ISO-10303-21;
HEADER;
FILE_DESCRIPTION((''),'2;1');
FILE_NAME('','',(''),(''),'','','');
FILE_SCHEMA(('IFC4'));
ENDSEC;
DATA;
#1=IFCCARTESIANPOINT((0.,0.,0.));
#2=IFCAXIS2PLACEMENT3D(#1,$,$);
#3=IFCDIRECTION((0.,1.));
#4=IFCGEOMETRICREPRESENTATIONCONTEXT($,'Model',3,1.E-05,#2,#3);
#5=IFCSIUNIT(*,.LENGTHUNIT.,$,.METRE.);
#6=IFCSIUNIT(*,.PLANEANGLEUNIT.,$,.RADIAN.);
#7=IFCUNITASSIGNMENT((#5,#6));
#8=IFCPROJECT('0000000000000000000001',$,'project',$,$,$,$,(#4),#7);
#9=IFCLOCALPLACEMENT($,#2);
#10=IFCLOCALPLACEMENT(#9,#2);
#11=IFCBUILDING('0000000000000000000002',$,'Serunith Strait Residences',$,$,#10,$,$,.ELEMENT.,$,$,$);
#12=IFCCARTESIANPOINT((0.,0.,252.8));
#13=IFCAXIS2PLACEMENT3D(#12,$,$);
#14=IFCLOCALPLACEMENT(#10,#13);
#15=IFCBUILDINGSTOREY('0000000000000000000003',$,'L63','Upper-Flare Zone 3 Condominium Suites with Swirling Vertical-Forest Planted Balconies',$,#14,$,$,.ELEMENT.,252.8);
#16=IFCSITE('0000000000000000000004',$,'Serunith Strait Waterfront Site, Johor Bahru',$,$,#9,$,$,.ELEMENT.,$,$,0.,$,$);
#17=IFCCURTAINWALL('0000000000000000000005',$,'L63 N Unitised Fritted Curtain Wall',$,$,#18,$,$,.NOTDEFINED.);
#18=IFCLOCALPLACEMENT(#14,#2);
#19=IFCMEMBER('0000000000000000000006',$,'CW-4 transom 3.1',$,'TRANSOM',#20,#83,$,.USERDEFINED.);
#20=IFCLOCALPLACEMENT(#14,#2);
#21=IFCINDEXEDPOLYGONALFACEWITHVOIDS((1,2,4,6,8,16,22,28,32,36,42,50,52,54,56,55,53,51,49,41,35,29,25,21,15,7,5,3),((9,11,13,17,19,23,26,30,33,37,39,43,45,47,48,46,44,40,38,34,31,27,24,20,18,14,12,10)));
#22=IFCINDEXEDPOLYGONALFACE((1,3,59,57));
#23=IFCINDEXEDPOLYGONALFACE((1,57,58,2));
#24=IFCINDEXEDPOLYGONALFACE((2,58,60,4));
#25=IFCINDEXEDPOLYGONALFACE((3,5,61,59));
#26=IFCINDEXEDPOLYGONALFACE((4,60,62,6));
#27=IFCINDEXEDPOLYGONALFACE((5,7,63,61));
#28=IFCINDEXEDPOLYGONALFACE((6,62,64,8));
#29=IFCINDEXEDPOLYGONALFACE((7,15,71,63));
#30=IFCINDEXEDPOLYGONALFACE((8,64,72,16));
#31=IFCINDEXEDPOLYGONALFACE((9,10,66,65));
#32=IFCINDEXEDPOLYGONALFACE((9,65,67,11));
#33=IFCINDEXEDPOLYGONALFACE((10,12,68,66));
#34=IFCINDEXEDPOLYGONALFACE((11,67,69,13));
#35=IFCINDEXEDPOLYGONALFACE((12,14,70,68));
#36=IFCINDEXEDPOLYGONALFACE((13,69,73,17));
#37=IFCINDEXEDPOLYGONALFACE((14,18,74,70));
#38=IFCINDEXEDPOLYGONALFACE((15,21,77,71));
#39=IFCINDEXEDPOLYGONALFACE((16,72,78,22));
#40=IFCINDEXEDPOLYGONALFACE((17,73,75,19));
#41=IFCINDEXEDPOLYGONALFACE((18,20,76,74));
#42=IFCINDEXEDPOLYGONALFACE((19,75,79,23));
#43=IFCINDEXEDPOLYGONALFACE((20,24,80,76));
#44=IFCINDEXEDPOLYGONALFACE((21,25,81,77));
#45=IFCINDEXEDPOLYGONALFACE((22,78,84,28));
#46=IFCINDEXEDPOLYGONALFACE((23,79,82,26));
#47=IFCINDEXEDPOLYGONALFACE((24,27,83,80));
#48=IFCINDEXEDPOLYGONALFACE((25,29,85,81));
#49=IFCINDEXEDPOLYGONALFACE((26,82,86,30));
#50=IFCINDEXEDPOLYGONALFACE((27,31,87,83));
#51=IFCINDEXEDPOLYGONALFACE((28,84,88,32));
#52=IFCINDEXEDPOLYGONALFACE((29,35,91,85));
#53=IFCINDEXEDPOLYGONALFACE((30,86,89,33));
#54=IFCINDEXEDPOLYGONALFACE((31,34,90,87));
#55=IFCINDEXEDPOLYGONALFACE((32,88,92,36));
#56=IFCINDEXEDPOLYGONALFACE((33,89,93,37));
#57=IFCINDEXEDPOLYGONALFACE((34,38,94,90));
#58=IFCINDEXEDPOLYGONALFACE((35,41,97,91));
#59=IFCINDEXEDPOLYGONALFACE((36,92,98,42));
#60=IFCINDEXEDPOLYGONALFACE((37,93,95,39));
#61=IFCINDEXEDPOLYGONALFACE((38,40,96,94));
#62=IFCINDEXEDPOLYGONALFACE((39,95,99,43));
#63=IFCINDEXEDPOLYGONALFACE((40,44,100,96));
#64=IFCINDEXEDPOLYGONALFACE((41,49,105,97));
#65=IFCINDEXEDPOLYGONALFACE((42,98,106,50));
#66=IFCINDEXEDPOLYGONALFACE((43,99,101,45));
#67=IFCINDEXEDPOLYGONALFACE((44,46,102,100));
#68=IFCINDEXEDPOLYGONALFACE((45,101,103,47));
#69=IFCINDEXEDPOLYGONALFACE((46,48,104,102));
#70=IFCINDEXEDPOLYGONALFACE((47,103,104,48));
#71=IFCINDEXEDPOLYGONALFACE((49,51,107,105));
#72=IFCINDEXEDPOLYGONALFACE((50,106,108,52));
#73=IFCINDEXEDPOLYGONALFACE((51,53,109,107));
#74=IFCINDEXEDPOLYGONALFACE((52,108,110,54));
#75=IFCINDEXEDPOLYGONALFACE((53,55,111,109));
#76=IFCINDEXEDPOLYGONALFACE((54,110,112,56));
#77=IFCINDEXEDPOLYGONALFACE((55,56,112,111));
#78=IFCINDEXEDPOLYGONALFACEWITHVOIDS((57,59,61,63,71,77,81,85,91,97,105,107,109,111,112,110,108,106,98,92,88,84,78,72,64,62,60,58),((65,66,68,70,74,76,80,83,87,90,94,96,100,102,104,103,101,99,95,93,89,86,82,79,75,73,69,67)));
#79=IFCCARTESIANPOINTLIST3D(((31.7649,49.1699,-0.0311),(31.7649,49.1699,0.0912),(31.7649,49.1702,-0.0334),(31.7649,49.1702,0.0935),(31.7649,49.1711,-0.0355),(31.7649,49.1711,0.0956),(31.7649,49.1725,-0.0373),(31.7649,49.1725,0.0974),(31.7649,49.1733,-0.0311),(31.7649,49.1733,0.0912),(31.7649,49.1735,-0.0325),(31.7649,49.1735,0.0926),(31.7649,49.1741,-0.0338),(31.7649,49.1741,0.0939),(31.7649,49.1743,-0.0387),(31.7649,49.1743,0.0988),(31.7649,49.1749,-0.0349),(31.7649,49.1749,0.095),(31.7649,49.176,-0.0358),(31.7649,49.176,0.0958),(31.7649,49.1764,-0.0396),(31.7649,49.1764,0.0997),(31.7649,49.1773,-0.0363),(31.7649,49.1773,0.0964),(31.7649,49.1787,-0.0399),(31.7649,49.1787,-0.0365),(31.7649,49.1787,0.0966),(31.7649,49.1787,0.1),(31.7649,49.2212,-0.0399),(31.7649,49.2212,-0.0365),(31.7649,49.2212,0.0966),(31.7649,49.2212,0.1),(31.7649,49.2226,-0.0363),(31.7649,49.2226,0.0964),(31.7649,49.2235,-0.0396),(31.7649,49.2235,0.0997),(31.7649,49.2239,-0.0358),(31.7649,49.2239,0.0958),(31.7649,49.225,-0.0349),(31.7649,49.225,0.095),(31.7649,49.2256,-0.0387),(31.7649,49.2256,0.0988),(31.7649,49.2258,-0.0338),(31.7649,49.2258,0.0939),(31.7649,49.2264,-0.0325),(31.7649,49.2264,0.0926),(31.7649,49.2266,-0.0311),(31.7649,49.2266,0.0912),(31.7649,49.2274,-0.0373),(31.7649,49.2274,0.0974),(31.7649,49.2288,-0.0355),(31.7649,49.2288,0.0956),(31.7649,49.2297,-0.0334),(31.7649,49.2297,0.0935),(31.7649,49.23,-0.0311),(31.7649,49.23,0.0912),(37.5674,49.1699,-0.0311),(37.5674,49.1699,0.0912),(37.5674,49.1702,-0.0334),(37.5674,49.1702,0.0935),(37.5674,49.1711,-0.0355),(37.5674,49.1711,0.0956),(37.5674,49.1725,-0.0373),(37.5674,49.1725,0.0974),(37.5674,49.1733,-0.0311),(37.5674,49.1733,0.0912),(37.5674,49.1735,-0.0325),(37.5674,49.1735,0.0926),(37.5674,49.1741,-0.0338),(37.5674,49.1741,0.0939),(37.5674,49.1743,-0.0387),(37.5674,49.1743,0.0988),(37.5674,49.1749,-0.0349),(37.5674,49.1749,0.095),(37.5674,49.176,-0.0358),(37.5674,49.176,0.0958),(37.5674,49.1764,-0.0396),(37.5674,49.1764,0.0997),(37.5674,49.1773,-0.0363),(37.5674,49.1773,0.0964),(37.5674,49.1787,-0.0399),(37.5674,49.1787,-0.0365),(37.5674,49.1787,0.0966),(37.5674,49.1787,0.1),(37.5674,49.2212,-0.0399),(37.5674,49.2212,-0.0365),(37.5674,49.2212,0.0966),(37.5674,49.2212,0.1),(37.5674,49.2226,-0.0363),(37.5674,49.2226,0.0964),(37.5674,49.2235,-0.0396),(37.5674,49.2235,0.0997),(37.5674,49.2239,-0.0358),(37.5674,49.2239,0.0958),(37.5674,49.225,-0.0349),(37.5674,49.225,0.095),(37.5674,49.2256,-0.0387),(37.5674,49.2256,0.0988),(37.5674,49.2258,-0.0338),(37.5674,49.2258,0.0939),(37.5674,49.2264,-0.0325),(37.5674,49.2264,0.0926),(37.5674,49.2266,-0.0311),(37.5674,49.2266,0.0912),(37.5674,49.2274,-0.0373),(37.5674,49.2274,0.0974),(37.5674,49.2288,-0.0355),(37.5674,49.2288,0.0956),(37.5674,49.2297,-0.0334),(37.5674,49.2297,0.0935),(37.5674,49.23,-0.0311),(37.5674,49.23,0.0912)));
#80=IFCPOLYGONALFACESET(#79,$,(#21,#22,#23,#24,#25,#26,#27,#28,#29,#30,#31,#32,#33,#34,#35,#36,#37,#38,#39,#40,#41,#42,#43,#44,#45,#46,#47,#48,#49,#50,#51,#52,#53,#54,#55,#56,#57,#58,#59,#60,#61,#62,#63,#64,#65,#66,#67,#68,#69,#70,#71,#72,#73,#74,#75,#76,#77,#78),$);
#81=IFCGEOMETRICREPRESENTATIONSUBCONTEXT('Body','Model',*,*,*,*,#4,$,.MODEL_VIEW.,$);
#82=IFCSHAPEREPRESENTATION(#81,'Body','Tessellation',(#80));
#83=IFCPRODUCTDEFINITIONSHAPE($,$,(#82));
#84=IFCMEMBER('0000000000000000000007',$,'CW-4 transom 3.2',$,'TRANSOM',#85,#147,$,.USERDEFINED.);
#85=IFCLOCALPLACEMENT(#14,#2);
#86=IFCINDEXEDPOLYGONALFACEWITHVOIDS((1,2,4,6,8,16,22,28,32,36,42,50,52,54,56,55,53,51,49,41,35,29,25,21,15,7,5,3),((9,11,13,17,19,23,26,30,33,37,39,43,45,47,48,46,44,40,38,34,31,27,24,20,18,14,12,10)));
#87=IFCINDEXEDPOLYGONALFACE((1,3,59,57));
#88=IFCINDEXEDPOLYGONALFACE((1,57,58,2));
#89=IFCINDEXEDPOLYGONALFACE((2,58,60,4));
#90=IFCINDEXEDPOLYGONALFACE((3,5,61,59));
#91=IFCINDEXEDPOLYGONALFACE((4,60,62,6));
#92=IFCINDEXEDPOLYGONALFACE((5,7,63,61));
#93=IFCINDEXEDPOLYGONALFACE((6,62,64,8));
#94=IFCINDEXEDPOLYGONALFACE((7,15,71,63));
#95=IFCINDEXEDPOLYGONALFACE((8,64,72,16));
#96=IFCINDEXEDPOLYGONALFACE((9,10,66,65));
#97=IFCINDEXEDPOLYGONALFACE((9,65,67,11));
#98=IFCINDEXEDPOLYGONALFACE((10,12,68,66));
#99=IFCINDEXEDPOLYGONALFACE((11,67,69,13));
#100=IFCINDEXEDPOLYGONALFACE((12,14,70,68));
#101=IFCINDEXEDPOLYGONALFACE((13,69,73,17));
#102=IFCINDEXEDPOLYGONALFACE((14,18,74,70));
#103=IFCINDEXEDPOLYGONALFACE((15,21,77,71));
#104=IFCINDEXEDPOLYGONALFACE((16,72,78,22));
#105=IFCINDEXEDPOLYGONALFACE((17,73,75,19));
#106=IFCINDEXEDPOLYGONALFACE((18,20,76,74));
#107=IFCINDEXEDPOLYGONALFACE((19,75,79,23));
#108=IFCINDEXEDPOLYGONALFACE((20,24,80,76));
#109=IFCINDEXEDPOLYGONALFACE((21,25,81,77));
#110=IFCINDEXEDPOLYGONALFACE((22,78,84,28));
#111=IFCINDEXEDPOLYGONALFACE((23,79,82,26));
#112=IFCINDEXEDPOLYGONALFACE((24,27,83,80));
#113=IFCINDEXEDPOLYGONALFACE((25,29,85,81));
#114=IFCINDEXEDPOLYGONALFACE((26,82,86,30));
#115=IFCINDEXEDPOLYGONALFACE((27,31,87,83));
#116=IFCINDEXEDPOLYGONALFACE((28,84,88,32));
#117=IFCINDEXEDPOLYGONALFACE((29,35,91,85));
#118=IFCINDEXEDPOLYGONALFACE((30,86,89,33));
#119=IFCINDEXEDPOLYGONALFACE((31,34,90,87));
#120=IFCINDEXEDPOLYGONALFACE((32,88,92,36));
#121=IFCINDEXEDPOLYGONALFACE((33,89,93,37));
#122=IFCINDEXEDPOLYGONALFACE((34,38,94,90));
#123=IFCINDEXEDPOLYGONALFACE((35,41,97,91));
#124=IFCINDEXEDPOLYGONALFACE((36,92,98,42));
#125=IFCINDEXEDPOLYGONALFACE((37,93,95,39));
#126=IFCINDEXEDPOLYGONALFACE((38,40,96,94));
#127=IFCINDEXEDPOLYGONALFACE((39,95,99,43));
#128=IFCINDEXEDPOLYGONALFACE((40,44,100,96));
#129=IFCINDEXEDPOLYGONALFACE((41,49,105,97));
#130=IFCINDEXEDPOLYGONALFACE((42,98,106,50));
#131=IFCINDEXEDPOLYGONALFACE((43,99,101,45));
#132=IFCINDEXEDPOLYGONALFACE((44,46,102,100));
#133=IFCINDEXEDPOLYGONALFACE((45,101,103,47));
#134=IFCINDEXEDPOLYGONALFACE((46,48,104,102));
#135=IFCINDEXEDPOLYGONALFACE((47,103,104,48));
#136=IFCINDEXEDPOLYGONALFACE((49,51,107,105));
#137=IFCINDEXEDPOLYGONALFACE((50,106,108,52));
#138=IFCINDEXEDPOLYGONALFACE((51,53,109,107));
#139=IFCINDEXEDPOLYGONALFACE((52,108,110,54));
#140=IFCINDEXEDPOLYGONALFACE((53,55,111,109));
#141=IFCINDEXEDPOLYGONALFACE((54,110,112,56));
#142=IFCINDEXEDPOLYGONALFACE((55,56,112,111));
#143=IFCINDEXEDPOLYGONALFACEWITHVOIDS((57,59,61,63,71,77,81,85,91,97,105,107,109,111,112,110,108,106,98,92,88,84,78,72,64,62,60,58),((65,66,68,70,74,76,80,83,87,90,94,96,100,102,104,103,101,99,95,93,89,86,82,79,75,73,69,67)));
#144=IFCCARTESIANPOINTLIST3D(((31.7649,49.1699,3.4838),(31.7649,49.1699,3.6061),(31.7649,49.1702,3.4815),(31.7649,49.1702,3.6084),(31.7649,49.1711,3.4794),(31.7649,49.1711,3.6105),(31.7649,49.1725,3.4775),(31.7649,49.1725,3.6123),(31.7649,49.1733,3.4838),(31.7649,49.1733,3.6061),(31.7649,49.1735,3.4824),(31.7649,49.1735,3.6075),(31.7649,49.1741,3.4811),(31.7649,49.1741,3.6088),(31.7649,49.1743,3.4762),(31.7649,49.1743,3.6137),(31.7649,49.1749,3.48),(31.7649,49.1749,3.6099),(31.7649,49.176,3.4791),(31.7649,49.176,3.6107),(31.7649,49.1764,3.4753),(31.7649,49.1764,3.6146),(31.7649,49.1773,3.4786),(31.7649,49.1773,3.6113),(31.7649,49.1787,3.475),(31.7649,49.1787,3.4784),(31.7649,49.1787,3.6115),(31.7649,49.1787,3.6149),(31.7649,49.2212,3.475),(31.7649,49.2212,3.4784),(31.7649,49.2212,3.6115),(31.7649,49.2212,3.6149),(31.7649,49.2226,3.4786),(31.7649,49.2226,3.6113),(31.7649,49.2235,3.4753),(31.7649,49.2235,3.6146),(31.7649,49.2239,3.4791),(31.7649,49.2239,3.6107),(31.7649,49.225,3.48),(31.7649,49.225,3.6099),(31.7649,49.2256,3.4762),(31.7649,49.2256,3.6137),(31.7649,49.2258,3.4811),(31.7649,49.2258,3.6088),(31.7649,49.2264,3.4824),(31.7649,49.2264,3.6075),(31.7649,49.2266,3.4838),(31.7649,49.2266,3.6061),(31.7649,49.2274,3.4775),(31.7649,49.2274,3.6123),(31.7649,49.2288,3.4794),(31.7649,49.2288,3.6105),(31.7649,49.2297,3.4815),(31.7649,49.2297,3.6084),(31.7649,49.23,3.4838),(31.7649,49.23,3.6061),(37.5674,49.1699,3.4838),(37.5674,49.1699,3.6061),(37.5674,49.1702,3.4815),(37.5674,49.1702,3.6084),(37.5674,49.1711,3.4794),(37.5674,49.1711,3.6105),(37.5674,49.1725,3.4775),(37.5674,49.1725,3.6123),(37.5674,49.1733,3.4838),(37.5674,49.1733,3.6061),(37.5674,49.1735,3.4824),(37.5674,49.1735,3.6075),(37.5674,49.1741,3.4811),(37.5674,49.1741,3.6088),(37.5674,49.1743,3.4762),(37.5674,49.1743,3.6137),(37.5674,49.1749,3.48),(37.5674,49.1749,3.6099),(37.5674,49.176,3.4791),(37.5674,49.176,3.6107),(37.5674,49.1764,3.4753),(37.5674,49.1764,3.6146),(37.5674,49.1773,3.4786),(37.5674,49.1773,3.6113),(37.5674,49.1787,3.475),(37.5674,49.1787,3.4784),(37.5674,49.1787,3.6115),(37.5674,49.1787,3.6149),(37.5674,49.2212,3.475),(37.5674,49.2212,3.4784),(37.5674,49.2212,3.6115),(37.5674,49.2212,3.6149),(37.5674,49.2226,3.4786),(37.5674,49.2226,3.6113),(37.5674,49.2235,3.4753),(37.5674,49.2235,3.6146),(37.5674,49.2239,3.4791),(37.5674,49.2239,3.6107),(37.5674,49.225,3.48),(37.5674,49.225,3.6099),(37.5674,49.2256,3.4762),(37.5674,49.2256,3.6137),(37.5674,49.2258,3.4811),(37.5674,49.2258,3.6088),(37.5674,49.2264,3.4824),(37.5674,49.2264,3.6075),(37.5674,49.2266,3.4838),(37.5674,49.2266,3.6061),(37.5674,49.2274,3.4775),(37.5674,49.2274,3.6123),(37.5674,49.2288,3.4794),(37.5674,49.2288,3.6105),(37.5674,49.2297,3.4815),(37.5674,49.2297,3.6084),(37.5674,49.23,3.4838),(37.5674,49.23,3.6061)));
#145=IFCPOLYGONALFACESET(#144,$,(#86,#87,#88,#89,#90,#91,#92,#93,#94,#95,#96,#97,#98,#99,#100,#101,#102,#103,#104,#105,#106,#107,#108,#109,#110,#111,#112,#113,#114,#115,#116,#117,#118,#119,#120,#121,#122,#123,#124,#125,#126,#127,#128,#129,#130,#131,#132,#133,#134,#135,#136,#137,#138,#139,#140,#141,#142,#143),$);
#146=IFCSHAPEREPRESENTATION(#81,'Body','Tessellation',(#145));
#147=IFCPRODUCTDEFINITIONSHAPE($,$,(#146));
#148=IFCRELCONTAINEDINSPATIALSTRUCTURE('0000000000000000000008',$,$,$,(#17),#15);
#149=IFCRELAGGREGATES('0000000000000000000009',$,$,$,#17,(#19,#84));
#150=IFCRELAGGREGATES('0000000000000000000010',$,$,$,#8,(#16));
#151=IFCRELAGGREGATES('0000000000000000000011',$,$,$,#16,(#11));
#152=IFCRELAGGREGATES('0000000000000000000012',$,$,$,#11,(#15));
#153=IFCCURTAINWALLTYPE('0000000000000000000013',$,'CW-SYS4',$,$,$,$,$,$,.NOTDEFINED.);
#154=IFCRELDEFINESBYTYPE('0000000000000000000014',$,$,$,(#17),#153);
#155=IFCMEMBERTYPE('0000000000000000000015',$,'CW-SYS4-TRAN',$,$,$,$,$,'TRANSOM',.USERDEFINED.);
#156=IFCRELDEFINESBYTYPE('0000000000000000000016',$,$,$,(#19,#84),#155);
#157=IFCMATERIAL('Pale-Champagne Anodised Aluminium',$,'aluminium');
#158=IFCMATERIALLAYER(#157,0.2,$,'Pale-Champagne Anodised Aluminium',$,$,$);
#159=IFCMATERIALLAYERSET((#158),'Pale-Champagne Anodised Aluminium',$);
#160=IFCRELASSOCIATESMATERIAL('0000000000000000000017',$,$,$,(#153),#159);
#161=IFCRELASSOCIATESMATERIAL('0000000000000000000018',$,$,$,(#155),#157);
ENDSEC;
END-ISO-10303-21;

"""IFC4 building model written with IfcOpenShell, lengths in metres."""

from ifc_helpers import new_model, si_unit, direction, frame, origin, origin_2d, place, context, subcontext, project, spatial, hollow_rectangle, extrude, source, transform, mapped, material, layer, layer_set, material_profile, profile_set, type_object, element, aggregate, save


model = new_model("IFC4")

# Units and contexts
model_context = context("Model", 3, precision=1e-05, world=origin(), true_north=direction((0.0, 1.0)))
body_context = subcontext(model_context, "Body", "Model", "MODEL_VIEW")
ifc_project = project(units=[si_unit("LENGTHUNIT", "METRE"), si_unit("PLANEANGLEUNIT", "RADIAN")], contexts=[model_context])

# Site, building, storey
site_placement = place(None, origin())
site = spatial("IfcSite", under=ifc_project, at=site_placement, Name="Serunith Strait Waterfront Site, Johor Bahru", CompositionType="ELEMENT", RefElevation=0.0)
building_placement = place(site_placement, origin())
building = spatial("IfcBuilding", under=site, at=building_placement, Name="Serunith Strait Residences", CompositionType="ELEMENT")
storey_placement = place(building_placement, frame((0.0, 0.0, 252.8)))
storey = spatial("IfcBuildingStorey", under=building, at=storey_placement, Name="L63", Description="Upper-Flare Zone 3 Condominium Suites with Swirling Vertical-Forest Planted Balconies", CompositionType="ELEMENT", Elevation=252.8)

# Curtain wall, members
ifc_material_1 = material(Name="Pale-Champagne Anodised Aluminium", Category="aluminium")
ifc_layer_1 = layer(ifc_material_1, 0.2, Name="Pale-Champagne Anodised Aluminium")
ifc_layer_set_1 = layer_set([ifc_layer_1], Name="Pale-Champagne Anodised Aluminium")
curtain_wall_type = type_object("IfcCurtainWallType", Name="CW-SYS4", PredefinedType="NOTDEFINED", material=ifc_layer_set_1)
curtain_wall_placement = place(storey_placement, origin())
curtain_wall = element("IfcCurtainWall", 1, at=curtain_wall_placement, inside=storey, type_object=curtain_wall_type, Name="L63 N Unitised Fritted Curtain Wall", PredefinedType="NOTDEFINED")
ifc_material_profile_1 = material_profile(ifc_material_1, hollow_rectangle(XDim=0.0601, YDim=0.1399, WallThickness=0.0034, InnerFilletRadius=0.0054, OuterFilletRadius=0.0088, at=origin_2d()), Name="ALU 140x60x3.5")
ifc_profile_set_1 = profile_set([ifc_material_profile_1], Name="Pale-Champagne Anodised Aluminium")
member_type_1 = type_object("IfcMemberType", Name="CW-SYS4-TRAN", ElementType="TRANSOM", PredefinedType="USERDEFINED", material=ifc_profile_set_1)
shared_shape_1 = source(origin(), body_context, "Body", "SweptSolid", [
    extrude(hollow_rectangle(XDim=0.0601, YDim=0.1399, WallThickness=0.0034, InnerFilletRadius=0.0054, OuterFilletRadius=0.0088, at=origin_2d()), origin(), (0.0, 0.0, 1.0), 5.8025),
])
member_1_placement = place(storey_placement, frame((37.5674, 49.2, 0.03), z_axis=(-1.0, 0.0, 0.0), x_axis=(0.0, -1.0, 0.0)))
member_1 = element("IfcMember", 2, at=member_1_placement, type_object=member_type_1, Name="CW-4 transom 3.1", ObjectType="TRANSOM", PredefinedType="USERDEFINED", context=body_context, shape_type="MappedRepresentation", body=[
    mapped(shared_shape_1, transform((0.0, 0.0, 0.0), scale=1.0)),
])
member_2_placement = place(storey_placement, frame((37.5674, 49.2, 3.5449), z_axis=(-1.0, 0.0, 0.0), x_axis=(0.0, -1.0, 0.0)))
member_2 = element("IfcMember", 3, at=member_2_placement, type_object=member_type_1, Name="CW-4 transom 3.2", ObjectType="TRANSOM", PredefinedType="USERDEFINED", context=body_context, shape_type="MappedRepresentation", body=[
    mapped(shared_shape_1, transform((0.0, 0.0, 0.0), scale=1.0)),
])
aggregate(curtain_wall, [member_1, member_2])

save(model, "model.ifc")
